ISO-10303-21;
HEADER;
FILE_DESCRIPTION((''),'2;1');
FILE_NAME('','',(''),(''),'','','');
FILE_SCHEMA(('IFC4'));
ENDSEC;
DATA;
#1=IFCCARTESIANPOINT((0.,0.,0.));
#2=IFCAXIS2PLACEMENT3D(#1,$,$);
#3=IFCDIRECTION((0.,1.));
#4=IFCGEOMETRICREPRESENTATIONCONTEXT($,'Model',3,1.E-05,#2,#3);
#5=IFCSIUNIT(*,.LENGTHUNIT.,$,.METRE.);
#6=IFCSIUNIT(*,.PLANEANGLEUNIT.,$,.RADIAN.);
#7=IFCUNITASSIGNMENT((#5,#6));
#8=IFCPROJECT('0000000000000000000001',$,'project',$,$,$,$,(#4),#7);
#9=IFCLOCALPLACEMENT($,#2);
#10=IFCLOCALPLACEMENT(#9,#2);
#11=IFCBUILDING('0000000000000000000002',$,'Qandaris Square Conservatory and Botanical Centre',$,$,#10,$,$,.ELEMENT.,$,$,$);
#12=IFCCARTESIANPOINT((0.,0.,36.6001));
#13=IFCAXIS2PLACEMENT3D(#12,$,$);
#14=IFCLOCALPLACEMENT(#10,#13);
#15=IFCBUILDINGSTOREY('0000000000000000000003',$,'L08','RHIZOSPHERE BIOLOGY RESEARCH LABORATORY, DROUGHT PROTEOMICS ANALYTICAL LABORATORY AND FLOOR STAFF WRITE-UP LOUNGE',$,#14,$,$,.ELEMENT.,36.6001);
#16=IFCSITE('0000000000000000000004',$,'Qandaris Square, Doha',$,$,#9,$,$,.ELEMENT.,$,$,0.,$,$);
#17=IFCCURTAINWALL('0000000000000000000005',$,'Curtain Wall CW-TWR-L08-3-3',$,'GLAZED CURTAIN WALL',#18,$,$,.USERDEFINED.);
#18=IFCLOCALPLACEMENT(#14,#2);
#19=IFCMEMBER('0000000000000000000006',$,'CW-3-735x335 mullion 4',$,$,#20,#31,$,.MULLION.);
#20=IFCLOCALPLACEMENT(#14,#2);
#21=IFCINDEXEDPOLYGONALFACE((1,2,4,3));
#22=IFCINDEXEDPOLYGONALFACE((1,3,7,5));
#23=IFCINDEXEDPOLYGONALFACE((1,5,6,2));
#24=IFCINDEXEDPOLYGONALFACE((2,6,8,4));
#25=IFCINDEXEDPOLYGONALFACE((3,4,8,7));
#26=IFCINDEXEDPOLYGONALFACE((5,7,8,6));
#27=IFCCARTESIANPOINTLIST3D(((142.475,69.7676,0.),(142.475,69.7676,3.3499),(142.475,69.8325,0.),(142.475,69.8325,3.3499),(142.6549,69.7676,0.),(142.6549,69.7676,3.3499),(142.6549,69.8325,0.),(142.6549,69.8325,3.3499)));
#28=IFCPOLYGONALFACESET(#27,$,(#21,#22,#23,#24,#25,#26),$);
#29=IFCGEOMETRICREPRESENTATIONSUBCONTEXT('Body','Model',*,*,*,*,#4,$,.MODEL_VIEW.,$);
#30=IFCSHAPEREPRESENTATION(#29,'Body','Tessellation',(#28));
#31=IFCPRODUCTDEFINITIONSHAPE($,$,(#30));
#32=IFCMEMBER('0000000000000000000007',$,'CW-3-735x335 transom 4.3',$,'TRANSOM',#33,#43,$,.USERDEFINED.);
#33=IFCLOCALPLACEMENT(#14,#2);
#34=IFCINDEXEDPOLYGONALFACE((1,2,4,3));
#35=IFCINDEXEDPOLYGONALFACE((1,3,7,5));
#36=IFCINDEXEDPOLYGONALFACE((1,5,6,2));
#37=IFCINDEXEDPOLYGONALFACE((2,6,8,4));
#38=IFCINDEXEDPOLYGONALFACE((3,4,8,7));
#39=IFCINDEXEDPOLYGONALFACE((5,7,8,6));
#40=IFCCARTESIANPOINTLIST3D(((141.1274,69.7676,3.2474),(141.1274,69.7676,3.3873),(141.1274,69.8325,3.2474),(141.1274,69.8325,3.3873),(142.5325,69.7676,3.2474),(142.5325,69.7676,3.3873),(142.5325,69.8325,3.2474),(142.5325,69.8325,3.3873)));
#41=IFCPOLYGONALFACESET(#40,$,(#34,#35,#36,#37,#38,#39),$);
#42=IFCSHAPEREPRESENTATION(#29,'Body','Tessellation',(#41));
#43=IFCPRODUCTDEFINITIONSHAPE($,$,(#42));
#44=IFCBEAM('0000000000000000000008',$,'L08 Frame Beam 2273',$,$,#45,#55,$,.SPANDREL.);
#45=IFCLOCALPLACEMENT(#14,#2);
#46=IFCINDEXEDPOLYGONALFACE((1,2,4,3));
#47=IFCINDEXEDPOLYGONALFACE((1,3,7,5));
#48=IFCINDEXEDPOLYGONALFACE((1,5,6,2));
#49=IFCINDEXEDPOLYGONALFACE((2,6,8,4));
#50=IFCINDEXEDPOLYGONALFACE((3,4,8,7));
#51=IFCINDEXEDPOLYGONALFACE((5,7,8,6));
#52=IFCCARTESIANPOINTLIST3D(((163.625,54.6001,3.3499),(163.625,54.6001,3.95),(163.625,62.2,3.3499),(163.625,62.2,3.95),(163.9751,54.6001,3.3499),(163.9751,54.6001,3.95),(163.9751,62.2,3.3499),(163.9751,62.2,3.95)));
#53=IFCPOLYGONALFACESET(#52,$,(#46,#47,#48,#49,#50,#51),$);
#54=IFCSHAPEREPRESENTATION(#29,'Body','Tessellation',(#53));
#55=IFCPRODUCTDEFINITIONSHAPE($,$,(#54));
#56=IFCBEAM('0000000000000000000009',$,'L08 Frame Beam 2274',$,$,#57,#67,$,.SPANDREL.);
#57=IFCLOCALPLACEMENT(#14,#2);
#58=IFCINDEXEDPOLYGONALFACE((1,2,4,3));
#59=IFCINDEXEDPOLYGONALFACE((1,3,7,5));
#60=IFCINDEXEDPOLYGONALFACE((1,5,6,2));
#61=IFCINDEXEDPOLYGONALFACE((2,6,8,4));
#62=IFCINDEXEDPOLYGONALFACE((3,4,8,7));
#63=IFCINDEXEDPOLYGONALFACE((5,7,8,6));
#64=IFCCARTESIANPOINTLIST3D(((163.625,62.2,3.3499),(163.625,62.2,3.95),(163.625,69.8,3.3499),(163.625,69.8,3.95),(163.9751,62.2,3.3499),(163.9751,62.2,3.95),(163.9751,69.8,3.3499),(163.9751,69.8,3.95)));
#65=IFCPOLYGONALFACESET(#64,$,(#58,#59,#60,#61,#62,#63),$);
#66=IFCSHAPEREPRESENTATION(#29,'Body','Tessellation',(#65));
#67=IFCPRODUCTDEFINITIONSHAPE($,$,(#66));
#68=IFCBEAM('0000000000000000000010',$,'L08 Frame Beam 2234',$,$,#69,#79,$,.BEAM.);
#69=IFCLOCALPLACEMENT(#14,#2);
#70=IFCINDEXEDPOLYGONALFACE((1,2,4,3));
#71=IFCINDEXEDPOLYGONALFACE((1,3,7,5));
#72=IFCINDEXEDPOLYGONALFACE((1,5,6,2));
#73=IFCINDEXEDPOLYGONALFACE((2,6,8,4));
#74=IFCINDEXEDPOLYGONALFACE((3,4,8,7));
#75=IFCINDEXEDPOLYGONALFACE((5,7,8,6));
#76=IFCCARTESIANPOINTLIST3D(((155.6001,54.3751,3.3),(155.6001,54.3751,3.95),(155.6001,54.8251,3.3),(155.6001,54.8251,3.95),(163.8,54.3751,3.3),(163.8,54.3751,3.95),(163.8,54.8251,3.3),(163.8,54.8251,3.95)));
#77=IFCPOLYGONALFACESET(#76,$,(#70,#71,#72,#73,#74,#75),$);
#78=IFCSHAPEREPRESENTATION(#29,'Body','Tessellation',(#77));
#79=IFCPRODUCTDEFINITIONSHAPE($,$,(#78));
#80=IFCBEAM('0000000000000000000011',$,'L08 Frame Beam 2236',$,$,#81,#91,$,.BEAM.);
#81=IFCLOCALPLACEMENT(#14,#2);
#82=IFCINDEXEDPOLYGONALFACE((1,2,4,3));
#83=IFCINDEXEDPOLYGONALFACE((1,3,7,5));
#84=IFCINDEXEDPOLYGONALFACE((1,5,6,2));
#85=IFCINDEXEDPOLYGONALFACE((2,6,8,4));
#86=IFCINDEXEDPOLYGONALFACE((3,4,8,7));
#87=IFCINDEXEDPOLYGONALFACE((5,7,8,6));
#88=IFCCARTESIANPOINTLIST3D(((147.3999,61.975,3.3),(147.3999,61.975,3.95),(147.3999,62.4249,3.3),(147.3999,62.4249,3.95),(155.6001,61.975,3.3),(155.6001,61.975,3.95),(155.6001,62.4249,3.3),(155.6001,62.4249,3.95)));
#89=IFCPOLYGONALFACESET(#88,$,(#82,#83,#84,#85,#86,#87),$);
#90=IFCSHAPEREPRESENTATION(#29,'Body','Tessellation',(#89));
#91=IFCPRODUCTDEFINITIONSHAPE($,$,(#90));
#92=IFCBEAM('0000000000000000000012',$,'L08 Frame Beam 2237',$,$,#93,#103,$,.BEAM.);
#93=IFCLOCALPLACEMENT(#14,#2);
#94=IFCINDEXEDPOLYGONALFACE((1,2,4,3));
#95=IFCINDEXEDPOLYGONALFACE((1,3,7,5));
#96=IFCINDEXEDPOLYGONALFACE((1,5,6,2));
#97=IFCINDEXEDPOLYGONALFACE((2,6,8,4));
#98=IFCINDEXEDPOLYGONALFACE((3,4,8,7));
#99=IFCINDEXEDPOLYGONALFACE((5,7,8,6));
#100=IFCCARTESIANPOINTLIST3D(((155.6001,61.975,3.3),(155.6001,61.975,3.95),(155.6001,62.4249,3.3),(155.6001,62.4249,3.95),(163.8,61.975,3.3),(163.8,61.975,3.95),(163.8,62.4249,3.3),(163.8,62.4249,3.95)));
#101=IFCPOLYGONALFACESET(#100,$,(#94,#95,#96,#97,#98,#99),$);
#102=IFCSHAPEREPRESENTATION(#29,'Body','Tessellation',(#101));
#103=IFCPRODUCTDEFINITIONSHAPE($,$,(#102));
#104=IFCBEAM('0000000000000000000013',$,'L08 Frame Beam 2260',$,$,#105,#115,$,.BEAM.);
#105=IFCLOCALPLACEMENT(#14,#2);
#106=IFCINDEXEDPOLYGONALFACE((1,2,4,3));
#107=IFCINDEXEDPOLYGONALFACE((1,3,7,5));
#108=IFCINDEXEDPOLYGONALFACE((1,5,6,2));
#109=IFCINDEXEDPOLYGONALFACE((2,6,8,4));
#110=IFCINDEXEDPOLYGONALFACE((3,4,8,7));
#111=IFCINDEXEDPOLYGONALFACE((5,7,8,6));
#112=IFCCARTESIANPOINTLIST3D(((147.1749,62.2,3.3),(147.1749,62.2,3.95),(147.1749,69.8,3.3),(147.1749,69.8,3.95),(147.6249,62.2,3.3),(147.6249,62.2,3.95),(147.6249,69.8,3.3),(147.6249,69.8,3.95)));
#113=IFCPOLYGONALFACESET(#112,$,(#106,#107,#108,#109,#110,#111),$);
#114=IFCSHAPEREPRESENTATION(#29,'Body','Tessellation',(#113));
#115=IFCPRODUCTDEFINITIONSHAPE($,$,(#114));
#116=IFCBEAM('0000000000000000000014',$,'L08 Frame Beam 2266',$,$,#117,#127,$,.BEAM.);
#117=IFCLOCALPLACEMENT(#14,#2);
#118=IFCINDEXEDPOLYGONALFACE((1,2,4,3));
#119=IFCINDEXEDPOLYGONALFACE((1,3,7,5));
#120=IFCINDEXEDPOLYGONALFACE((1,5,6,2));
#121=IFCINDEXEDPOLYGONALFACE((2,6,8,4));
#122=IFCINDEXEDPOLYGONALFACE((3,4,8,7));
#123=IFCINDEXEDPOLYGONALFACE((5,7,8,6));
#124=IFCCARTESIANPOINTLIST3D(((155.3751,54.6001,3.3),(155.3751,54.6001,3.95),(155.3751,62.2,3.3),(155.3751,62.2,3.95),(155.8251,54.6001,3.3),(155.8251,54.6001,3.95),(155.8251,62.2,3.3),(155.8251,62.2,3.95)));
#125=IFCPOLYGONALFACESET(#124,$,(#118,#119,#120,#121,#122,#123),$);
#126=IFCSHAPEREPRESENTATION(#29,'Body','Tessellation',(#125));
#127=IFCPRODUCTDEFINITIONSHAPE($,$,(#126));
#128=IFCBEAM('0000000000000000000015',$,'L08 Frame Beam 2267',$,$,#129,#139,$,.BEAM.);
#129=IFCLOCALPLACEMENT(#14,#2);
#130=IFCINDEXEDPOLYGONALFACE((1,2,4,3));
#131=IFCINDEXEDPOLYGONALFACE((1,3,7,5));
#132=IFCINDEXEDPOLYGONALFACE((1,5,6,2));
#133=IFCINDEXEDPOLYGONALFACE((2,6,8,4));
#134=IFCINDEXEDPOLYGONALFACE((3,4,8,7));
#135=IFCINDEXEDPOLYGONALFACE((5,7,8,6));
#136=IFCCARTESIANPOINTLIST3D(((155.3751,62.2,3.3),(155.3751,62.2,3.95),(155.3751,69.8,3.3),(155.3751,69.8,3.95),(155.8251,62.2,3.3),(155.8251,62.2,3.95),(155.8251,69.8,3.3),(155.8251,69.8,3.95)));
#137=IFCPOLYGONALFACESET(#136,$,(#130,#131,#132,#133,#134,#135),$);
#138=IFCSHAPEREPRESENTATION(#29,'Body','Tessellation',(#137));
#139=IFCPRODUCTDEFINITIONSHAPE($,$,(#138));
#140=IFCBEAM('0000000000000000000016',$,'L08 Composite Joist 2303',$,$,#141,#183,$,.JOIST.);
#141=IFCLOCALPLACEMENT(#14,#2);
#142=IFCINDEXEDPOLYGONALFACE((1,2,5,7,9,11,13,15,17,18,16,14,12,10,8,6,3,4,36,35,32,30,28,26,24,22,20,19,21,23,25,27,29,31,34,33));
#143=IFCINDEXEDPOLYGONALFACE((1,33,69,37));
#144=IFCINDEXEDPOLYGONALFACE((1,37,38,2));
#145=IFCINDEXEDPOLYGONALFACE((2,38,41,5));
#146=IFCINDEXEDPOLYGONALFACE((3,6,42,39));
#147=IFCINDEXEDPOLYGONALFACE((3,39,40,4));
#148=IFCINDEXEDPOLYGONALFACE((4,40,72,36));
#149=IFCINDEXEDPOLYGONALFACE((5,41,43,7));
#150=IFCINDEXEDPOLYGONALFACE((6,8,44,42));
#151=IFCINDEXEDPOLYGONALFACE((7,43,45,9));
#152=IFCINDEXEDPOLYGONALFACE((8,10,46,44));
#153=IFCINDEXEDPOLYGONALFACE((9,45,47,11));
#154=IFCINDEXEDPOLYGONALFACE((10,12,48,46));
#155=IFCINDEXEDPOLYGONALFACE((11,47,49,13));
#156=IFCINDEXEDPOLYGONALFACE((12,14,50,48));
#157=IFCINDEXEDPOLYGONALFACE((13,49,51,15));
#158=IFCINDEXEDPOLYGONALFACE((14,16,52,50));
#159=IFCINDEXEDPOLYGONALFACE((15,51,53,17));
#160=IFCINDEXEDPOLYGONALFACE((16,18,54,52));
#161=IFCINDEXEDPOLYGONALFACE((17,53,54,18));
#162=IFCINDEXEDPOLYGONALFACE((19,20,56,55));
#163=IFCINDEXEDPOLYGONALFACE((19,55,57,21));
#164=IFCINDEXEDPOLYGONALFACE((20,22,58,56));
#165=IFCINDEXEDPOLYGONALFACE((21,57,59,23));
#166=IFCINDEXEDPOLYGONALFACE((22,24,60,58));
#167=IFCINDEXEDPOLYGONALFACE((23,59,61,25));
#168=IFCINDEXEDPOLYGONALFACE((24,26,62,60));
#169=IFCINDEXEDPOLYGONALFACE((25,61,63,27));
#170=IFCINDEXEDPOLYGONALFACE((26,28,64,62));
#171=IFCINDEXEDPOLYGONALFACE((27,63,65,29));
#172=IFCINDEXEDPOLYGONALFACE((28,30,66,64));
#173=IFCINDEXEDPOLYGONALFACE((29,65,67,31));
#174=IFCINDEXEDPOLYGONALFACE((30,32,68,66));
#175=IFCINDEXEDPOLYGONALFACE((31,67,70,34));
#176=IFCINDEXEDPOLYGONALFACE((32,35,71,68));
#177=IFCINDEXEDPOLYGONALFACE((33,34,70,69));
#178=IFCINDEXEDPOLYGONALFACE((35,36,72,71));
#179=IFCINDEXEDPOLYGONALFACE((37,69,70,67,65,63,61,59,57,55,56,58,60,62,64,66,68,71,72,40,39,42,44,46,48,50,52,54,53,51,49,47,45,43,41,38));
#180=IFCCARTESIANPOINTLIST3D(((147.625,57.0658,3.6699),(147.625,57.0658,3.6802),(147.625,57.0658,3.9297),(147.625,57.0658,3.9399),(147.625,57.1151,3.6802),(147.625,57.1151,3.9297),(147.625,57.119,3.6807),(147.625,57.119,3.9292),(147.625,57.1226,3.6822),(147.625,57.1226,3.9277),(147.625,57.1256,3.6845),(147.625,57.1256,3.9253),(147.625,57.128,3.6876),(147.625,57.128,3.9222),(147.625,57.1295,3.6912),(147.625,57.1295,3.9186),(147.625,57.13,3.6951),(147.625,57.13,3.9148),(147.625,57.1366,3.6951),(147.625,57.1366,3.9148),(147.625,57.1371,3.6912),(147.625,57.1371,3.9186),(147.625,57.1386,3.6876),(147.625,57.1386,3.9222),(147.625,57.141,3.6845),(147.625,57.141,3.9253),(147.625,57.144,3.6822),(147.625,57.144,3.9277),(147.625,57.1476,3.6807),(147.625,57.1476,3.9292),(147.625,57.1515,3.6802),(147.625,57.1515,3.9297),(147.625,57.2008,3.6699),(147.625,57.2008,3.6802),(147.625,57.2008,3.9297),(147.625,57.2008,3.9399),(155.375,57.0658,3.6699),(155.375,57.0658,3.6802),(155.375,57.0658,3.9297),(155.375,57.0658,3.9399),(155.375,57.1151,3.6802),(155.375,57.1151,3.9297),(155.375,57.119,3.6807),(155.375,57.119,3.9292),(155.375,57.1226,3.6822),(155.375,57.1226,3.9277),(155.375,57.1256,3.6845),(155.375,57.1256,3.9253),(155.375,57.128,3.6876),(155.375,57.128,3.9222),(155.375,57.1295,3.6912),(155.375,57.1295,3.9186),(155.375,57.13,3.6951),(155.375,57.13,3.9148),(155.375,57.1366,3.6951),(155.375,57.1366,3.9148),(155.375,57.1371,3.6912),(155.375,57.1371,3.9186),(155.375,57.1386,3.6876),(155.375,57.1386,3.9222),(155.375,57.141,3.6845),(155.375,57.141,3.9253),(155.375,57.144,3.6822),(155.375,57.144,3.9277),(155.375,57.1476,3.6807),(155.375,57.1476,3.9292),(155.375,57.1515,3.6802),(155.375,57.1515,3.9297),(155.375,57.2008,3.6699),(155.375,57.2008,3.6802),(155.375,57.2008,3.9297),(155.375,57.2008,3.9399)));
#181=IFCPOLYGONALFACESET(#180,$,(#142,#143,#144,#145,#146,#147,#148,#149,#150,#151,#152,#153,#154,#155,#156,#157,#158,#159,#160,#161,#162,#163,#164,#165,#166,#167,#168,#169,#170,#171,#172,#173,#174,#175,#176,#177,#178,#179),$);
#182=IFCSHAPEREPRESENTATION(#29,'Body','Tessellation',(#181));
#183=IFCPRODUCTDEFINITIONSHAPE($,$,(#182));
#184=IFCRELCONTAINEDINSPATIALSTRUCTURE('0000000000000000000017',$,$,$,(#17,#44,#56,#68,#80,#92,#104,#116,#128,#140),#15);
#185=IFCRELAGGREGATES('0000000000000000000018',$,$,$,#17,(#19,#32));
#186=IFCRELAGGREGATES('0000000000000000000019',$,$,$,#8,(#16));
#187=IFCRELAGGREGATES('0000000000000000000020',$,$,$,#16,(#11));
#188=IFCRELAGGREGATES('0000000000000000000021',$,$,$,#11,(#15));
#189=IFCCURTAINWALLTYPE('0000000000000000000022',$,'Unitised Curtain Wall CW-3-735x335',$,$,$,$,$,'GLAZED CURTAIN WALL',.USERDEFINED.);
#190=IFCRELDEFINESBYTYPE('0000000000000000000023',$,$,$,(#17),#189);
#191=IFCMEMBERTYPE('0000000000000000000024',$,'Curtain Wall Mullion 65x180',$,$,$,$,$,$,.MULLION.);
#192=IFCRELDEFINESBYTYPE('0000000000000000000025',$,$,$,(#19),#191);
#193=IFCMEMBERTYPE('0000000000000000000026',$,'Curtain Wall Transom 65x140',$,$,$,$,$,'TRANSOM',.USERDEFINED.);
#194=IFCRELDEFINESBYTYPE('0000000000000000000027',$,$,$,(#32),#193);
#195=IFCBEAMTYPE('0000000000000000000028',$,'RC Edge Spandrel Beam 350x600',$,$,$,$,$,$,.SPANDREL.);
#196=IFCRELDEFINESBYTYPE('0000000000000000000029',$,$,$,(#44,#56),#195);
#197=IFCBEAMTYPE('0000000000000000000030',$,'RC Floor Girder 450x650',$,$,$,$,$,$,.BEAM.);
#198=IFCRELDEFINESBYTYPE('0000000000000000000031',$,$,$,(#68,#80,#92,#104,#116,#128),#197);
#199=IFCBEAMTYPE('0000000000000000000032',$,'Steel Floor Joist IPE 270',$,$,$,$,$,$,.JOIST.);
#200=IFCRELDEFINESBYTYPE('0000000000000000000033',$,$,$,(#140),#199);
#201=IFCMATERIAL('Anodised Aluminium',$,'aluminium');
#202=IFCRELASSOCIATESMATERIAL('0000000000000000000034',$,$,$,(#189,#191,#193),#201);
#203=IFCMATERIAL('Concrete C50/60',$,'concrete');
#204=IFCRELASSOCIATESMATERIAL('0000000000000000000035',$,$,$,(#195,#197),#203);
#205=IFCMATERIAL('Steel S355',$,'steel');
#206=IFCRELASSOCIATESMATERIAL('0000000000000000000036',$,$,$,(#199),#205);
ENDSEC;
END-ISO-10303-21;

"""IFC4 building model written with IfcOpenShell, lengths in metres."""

from ifc_helpers import new_model, si_unit, direction, frame, origin, origin_2d, place, context, subcontext, project, spatial, rectangle, i_section, extrude, material, material_profile, profile_set, type_object, element, aggregate, save


model = new_model("IFC4")

# Units and contexts
model_context = context("Model", 3, precision=1e-05, world=origin(), true_north=direction((0.0, 1.0)))
body_context = subcontext(model_context, "Body", "Model", "MODEL_VIEW")
ifc_project = project(units=[si_unit("LENGTHUNIT", "METRE"), si_unit("PLANEANGLEUNIT", "RADIAN")], contexts=[model_context])

# Site, building, storey
site_placement = place(None, origin())
site = spatial("IfcSite", under=ifc_project, at=site_placement, Name="Qandaris Square, Doha", CompositionType="ELEMENT", RefElevation=0.0)
building_placement = place(site_placement, origin())
building = spatial("IfcBuilding", under=site, at=building_placement, Name="Qandaris Square Conservatory and Botanical Centre", CompositionType="ELEMENT")
storey_placement = place(building_placement, frame((0.0, 0.0, 36.6001)))
storey = spatial("IfcBuildingStorey", under=building, at=storey_placement, Name="L08", Description="RHIZOSPHERE BIOLOGY RESEARCH LABORATORY, DROUGHT PROTEOMICS ANALYTICAL LABORATORY AND FLOOR STAFF WRITE-UP LOUNGE", CompositionType="ELEMENT", Elevation=36.6001)

# Shared definitions
ifc_material_1 = material(Name="Concrete C50/60", Category="concrete")

# Shared definitions
ifc_material_2 = material(Name="Steel S355", Category="steel")

# Curtain wall, members
ifc_material_3 = material(Name="Anodised Aluminium", Category="aluminium")
curtain_wall_type = type_object("IfcCurtainWallType", Name="Unitised Curtain Wall CW-3-735x335", ElementType="GLAZED CURTAIN WALL", PredefinedType="USERDEFINED", material=ifc_material_3)
curtain_wall_placement = place(storey_placement, origin())
curtain_wall = element("IfcCurtainWall", 1, at=curtain_wall_placement, inside=storey, type_object=curtain_wall_type, Name="Curtain Wall CW-TWR-L08-3-3", ObjectType="GLAZED CURTAIN WALL", PredefinedType="USERDEFINED")
ifc_material_profile_1 = material_profile(ifc_material_3, rectangle(XDim=0.0649, YDim=0.1799, at=origin_2d()), Name="ALU-MUL 65x180")
ifc_profile_set_1 = profile_set([ifc_material_profile_1], Name="Anodised Aluminium")
member_type_1 = type_object("IfcMemberType", Name="Curtain Wall Mullion 65x180", PredefinedType="MULLION", material=ifc_profile_set_1)
member_1_placement = place(storey_placement, frame((142.5649, 69.8, 0.0), z_axis=(0.0, 0.0, 1.0), x_axis=(0.0, -1.0, 0.0)))
member_1 = element("IfcMember", 2, at=member_1_placement, type_object=member_type_1, Name="CW-3-735x335 mullion 4", PredefinedType="MULLION", context=body_context, shape_type="SweptSolid", body=[
    extrude(rectangle(XDim=0.0649, YDim=0.1799, at=origin_2d()), origin(), (0.0, 0.0, 1.0), 3.3499),
])
ifc_material_profile_2 = material_profile(ifc_material_3, rectangle(XDim=0.0649, YDim=0.1399, at=origin_2d()), Name="ALU-TRN 65x140")
ifc_profile_set_2 = profile_set([ifc_material_profile_2], Name="Anodised Aluminium")
member_type_2 = type_object("IfcMemberType", Name="Curtain Wall Transom 65x140", ElementType="TRANSOM", PredefinedType="USERDEFINED", material=ifc_profile_set_2)
member_2_placement = place(storey_placement, frame((142.5325, 69.8, 3.3174), z_axis=(-1.0, 0.0, 0.0), x_axis=(0.0, -1.0, 0.0)))
member_2 = element("IfcMember", 3, at=member_2_placement, type_object=member_type_2, Name="CW-3-735x335 transom 4.3", ObjectType="TRANSOM", PredefinedType="USERDEFINED", context=body_context, shape_type="SweptSolid", body=[
    extrude(rectangle(XDim=0.0649, YDim=0.1399, at=origin_2d()), origin(), (0.0, 0.0, 1.0), 1.405),
])
aggregate(curtain_wall, [member_1, member_2])

# Beams
ifc_material_profile_3 = material_profile(ifc_material_1, rectangle(XDim=0.3501, YDim=0.6001, at=origin_2d()), Name="RC-SP 350x600")
ifc_profile_set_3 = profile_set([ifc_material_profile_3], Name="Concrete C50/60")
beam_type_1 = type_object("IfcBeamType", Name="RC Edge Spandrel Beam 350x600", PredefinedType="SPANDREL", material=ifc_profile_set_3)
beam_1_placement = place(storey_placement, frame((163.8, 54.6001, 3.6499), z_axis=(0.0, 1.0, 0.0), x_axis=(-1.0, 0.0, 0.0)))
element("IfcBeam", 4, at=beam_1_placement, inside=storey, type_object=beam_type_1, Name="L08 Frame Beam 2273", PredefinedType="SPANDREL", context=body_context, shape_type="SweptSolid", body=[
    extrude(rectangle(XDim=0.3501, YDim=0.6001, at=origin_2d()), origin(), (0.0, 0.0, 1.0), 7.5999),
])
beam_2_placement = place(storey_placement, frame((163.8, 62.2, 3.6499), z_axis=(0.0, 1.0, 0.0), x_axis=(-1.0, 0.0, 0.0)))
element("IfcBeam", 5, at=beam_2_placement, inside=storey, type_object=beam_type_1, Name="L08 Frame Beam 2274", PredefinedType="SPANDREL", context=body_context, shape_type="SweptSolid", body=[
    extrude(rectangle(XDim=0.3501, YDim=0.6001, at=origin_2d()), origin(), (0.0, 0.0, 1.0), 7.6001),
])
ifc_material_profile_4 = material_profile(ifc_material_1, rectangle(XDim=0.45, YDim=0.6499, at=origin_2d()), Name="RC-BM 450x650")
ifc_profile_set_4 = profile_set([ifc_material_profile_4], Name="Concrete C50/60")
beam_type_2 = type_object("IfcBeamType", Name="RC Floor Girder 450x650", PredefinedType="BEAM", material=ifc_profile_set_4)
beam_3_placement = place(storey_placement, frame((155.6001, 54.6001, 3.625), z_axis=(1.0, 0.0, 0.0), x_axis=(0.0, 1.0, 0.0)))
element("IfcBeam", 6, at=beam_3_placement, inside=storey, type_object=beam_type_2, Name="L08 Frame Beam 2234", PredefinedType="BEAM", context=body_context, shape_type="SweptSolid", body=[
    extrude(rectangle(XDim=0.45, YDim=0.6499, at=origin_2d()), origin(), (0.0, 0.0, 1.0), 8.2),
])
beam_4_placement = place(storey_placement, frame((147.3999, 62.2, 3.625), z_axis=(1.0, 0.0, 0.0), x_axis=(0.0, 1.0, 0.0)))
element("IfcBeam", 7, at=beam_4_placement, inside=storey, type_object=beam_type_2, Name="L08 Frame Beam 2236", PredefinedType="BEAM", context=body_context, shape_type="SweptSolid", body=[
    extrude(rectangle(XDim=0.45, YDim=0.6499, at=origin_2d()), origin(), (0.0, 0.0, 1.0), 8.2002),
])
beam_5_placement = place(storey_placement, frame((155.6001, 62.2, 3.625), z_axis=(1.0, 0.0, 0.0), x_axis=(0.0, 1.0, 0.0)))
element("IfcBeam", 8, at=beam_5_placement, inside=storey, type_object=beam_type_2, Name="L08 Frame Beam 2237", PredefinedType="BEAM", context=body_context, shape_type="SweptSolid", body=[
    extrude(rectangle(XDim=0.45, YDim=0.6499, at=origin_2d()), origin(), (0.0, 0.0, 1.0), 8.2),
])
beam_6_placement = place(storey_placement, frame((147.3999, 62.2, 3.625), z_axis=(0.0, 1.0, 0.0), x_axis=(-1.0, 0.0, 0.0)))
element("IfcBeam", 9, at=beam_6_placement, inside=storey, type_object=beam_type_2, Name="L08 Frame Beam 2260", PredefinedType="BEAM", context=body_context, shape_type="SweptSolid", body=[
    extrude(rectangle(XDim=0.45, YDim=0.6499, at=origin_2d()), origin(), (0.0, 0.0, 1.0), 7.6001),
])
beam_7_placement = place(storey_placement, frame((155.6001, 54.6001, 3.625), z_axis=(0.0, 1.0, 0.0), x_axis=(-1.0, 0.0, 0.0)))
element("IfcBeam", 10, at=beam_7_placement, inside=storey, type_object=beam_type_2, Name="L08 Frame Beam 2266", PredefinedType="BEAM", context=body_context, shape_type="SweptSolid", body=[
    extrude(rectangle(XDim=0.45, YDim=0.6499, at=origin_2d()), origin(), (0.0, 0.0, 1.0), 7.5999),
])
beam_8_placement = place(storey_placement, frame((155.6001, 62.2, 3.625), z_axis=(0.0, 1.0, 0.0), x_axis=(-1.0, 0.0, 0.0)))
element("IfcBeam", 11, at=beam_8_placement, inside=storey, type_object=beam_type_2, Name="L08 Frame Beam 2267", PredefinedType="BEAM", context=body_context, shape_type="SweptSolid", body=[
    extrude(rectangle(XDim=0.45, YDim=0.6499, at=origin_2d()), origin(), (0.0, 0.0, 1.0), 7.6001),
])
ifc_material_profile_5 = material_profile(ifc_material_2, i_section(OverallWidth=0.135, OverallDepth=0.27, WebThickness=0.0066, FlangeThickness=0.0103, FilletRadius=0.0149, at=origin_2d()), Name="IPE 270")
ifc_profile_set_5 = profile_set([ifc_material_profile_5], Name="Steel S355")
beam_type_3 = type_object("IfcBeamType", Name="Steel Floor Joist IPE 270", PredefinedType="JOIST", material=ifc_profile_set_5)
beam_9_placement = place(storey_placement, frame((147.625, 57.1333, 3.8049), z_axis=(1.0, 0.0, 0.0), x_axis=(0.0, 1.0, 0.0)))
element("IfcBeam", 12, at=beam_9_placement, inside=storey, type_object=beam_type_3, Name="L08 Composite Joist 2303", PredefinedType="JOIST", context=body_context, shape_type="SweptSolid", body=[
    extrude(i_section(OverallWidth=0.135, OverallDepth=0.27, WebThickness=0.0066, FlangeThickness=0.0103, FilletRadius=0.0149, at=origin_2d()), origin(), (0.0, 0.0, 1.0), 7.75),
])

save(model, "model.ifc")
